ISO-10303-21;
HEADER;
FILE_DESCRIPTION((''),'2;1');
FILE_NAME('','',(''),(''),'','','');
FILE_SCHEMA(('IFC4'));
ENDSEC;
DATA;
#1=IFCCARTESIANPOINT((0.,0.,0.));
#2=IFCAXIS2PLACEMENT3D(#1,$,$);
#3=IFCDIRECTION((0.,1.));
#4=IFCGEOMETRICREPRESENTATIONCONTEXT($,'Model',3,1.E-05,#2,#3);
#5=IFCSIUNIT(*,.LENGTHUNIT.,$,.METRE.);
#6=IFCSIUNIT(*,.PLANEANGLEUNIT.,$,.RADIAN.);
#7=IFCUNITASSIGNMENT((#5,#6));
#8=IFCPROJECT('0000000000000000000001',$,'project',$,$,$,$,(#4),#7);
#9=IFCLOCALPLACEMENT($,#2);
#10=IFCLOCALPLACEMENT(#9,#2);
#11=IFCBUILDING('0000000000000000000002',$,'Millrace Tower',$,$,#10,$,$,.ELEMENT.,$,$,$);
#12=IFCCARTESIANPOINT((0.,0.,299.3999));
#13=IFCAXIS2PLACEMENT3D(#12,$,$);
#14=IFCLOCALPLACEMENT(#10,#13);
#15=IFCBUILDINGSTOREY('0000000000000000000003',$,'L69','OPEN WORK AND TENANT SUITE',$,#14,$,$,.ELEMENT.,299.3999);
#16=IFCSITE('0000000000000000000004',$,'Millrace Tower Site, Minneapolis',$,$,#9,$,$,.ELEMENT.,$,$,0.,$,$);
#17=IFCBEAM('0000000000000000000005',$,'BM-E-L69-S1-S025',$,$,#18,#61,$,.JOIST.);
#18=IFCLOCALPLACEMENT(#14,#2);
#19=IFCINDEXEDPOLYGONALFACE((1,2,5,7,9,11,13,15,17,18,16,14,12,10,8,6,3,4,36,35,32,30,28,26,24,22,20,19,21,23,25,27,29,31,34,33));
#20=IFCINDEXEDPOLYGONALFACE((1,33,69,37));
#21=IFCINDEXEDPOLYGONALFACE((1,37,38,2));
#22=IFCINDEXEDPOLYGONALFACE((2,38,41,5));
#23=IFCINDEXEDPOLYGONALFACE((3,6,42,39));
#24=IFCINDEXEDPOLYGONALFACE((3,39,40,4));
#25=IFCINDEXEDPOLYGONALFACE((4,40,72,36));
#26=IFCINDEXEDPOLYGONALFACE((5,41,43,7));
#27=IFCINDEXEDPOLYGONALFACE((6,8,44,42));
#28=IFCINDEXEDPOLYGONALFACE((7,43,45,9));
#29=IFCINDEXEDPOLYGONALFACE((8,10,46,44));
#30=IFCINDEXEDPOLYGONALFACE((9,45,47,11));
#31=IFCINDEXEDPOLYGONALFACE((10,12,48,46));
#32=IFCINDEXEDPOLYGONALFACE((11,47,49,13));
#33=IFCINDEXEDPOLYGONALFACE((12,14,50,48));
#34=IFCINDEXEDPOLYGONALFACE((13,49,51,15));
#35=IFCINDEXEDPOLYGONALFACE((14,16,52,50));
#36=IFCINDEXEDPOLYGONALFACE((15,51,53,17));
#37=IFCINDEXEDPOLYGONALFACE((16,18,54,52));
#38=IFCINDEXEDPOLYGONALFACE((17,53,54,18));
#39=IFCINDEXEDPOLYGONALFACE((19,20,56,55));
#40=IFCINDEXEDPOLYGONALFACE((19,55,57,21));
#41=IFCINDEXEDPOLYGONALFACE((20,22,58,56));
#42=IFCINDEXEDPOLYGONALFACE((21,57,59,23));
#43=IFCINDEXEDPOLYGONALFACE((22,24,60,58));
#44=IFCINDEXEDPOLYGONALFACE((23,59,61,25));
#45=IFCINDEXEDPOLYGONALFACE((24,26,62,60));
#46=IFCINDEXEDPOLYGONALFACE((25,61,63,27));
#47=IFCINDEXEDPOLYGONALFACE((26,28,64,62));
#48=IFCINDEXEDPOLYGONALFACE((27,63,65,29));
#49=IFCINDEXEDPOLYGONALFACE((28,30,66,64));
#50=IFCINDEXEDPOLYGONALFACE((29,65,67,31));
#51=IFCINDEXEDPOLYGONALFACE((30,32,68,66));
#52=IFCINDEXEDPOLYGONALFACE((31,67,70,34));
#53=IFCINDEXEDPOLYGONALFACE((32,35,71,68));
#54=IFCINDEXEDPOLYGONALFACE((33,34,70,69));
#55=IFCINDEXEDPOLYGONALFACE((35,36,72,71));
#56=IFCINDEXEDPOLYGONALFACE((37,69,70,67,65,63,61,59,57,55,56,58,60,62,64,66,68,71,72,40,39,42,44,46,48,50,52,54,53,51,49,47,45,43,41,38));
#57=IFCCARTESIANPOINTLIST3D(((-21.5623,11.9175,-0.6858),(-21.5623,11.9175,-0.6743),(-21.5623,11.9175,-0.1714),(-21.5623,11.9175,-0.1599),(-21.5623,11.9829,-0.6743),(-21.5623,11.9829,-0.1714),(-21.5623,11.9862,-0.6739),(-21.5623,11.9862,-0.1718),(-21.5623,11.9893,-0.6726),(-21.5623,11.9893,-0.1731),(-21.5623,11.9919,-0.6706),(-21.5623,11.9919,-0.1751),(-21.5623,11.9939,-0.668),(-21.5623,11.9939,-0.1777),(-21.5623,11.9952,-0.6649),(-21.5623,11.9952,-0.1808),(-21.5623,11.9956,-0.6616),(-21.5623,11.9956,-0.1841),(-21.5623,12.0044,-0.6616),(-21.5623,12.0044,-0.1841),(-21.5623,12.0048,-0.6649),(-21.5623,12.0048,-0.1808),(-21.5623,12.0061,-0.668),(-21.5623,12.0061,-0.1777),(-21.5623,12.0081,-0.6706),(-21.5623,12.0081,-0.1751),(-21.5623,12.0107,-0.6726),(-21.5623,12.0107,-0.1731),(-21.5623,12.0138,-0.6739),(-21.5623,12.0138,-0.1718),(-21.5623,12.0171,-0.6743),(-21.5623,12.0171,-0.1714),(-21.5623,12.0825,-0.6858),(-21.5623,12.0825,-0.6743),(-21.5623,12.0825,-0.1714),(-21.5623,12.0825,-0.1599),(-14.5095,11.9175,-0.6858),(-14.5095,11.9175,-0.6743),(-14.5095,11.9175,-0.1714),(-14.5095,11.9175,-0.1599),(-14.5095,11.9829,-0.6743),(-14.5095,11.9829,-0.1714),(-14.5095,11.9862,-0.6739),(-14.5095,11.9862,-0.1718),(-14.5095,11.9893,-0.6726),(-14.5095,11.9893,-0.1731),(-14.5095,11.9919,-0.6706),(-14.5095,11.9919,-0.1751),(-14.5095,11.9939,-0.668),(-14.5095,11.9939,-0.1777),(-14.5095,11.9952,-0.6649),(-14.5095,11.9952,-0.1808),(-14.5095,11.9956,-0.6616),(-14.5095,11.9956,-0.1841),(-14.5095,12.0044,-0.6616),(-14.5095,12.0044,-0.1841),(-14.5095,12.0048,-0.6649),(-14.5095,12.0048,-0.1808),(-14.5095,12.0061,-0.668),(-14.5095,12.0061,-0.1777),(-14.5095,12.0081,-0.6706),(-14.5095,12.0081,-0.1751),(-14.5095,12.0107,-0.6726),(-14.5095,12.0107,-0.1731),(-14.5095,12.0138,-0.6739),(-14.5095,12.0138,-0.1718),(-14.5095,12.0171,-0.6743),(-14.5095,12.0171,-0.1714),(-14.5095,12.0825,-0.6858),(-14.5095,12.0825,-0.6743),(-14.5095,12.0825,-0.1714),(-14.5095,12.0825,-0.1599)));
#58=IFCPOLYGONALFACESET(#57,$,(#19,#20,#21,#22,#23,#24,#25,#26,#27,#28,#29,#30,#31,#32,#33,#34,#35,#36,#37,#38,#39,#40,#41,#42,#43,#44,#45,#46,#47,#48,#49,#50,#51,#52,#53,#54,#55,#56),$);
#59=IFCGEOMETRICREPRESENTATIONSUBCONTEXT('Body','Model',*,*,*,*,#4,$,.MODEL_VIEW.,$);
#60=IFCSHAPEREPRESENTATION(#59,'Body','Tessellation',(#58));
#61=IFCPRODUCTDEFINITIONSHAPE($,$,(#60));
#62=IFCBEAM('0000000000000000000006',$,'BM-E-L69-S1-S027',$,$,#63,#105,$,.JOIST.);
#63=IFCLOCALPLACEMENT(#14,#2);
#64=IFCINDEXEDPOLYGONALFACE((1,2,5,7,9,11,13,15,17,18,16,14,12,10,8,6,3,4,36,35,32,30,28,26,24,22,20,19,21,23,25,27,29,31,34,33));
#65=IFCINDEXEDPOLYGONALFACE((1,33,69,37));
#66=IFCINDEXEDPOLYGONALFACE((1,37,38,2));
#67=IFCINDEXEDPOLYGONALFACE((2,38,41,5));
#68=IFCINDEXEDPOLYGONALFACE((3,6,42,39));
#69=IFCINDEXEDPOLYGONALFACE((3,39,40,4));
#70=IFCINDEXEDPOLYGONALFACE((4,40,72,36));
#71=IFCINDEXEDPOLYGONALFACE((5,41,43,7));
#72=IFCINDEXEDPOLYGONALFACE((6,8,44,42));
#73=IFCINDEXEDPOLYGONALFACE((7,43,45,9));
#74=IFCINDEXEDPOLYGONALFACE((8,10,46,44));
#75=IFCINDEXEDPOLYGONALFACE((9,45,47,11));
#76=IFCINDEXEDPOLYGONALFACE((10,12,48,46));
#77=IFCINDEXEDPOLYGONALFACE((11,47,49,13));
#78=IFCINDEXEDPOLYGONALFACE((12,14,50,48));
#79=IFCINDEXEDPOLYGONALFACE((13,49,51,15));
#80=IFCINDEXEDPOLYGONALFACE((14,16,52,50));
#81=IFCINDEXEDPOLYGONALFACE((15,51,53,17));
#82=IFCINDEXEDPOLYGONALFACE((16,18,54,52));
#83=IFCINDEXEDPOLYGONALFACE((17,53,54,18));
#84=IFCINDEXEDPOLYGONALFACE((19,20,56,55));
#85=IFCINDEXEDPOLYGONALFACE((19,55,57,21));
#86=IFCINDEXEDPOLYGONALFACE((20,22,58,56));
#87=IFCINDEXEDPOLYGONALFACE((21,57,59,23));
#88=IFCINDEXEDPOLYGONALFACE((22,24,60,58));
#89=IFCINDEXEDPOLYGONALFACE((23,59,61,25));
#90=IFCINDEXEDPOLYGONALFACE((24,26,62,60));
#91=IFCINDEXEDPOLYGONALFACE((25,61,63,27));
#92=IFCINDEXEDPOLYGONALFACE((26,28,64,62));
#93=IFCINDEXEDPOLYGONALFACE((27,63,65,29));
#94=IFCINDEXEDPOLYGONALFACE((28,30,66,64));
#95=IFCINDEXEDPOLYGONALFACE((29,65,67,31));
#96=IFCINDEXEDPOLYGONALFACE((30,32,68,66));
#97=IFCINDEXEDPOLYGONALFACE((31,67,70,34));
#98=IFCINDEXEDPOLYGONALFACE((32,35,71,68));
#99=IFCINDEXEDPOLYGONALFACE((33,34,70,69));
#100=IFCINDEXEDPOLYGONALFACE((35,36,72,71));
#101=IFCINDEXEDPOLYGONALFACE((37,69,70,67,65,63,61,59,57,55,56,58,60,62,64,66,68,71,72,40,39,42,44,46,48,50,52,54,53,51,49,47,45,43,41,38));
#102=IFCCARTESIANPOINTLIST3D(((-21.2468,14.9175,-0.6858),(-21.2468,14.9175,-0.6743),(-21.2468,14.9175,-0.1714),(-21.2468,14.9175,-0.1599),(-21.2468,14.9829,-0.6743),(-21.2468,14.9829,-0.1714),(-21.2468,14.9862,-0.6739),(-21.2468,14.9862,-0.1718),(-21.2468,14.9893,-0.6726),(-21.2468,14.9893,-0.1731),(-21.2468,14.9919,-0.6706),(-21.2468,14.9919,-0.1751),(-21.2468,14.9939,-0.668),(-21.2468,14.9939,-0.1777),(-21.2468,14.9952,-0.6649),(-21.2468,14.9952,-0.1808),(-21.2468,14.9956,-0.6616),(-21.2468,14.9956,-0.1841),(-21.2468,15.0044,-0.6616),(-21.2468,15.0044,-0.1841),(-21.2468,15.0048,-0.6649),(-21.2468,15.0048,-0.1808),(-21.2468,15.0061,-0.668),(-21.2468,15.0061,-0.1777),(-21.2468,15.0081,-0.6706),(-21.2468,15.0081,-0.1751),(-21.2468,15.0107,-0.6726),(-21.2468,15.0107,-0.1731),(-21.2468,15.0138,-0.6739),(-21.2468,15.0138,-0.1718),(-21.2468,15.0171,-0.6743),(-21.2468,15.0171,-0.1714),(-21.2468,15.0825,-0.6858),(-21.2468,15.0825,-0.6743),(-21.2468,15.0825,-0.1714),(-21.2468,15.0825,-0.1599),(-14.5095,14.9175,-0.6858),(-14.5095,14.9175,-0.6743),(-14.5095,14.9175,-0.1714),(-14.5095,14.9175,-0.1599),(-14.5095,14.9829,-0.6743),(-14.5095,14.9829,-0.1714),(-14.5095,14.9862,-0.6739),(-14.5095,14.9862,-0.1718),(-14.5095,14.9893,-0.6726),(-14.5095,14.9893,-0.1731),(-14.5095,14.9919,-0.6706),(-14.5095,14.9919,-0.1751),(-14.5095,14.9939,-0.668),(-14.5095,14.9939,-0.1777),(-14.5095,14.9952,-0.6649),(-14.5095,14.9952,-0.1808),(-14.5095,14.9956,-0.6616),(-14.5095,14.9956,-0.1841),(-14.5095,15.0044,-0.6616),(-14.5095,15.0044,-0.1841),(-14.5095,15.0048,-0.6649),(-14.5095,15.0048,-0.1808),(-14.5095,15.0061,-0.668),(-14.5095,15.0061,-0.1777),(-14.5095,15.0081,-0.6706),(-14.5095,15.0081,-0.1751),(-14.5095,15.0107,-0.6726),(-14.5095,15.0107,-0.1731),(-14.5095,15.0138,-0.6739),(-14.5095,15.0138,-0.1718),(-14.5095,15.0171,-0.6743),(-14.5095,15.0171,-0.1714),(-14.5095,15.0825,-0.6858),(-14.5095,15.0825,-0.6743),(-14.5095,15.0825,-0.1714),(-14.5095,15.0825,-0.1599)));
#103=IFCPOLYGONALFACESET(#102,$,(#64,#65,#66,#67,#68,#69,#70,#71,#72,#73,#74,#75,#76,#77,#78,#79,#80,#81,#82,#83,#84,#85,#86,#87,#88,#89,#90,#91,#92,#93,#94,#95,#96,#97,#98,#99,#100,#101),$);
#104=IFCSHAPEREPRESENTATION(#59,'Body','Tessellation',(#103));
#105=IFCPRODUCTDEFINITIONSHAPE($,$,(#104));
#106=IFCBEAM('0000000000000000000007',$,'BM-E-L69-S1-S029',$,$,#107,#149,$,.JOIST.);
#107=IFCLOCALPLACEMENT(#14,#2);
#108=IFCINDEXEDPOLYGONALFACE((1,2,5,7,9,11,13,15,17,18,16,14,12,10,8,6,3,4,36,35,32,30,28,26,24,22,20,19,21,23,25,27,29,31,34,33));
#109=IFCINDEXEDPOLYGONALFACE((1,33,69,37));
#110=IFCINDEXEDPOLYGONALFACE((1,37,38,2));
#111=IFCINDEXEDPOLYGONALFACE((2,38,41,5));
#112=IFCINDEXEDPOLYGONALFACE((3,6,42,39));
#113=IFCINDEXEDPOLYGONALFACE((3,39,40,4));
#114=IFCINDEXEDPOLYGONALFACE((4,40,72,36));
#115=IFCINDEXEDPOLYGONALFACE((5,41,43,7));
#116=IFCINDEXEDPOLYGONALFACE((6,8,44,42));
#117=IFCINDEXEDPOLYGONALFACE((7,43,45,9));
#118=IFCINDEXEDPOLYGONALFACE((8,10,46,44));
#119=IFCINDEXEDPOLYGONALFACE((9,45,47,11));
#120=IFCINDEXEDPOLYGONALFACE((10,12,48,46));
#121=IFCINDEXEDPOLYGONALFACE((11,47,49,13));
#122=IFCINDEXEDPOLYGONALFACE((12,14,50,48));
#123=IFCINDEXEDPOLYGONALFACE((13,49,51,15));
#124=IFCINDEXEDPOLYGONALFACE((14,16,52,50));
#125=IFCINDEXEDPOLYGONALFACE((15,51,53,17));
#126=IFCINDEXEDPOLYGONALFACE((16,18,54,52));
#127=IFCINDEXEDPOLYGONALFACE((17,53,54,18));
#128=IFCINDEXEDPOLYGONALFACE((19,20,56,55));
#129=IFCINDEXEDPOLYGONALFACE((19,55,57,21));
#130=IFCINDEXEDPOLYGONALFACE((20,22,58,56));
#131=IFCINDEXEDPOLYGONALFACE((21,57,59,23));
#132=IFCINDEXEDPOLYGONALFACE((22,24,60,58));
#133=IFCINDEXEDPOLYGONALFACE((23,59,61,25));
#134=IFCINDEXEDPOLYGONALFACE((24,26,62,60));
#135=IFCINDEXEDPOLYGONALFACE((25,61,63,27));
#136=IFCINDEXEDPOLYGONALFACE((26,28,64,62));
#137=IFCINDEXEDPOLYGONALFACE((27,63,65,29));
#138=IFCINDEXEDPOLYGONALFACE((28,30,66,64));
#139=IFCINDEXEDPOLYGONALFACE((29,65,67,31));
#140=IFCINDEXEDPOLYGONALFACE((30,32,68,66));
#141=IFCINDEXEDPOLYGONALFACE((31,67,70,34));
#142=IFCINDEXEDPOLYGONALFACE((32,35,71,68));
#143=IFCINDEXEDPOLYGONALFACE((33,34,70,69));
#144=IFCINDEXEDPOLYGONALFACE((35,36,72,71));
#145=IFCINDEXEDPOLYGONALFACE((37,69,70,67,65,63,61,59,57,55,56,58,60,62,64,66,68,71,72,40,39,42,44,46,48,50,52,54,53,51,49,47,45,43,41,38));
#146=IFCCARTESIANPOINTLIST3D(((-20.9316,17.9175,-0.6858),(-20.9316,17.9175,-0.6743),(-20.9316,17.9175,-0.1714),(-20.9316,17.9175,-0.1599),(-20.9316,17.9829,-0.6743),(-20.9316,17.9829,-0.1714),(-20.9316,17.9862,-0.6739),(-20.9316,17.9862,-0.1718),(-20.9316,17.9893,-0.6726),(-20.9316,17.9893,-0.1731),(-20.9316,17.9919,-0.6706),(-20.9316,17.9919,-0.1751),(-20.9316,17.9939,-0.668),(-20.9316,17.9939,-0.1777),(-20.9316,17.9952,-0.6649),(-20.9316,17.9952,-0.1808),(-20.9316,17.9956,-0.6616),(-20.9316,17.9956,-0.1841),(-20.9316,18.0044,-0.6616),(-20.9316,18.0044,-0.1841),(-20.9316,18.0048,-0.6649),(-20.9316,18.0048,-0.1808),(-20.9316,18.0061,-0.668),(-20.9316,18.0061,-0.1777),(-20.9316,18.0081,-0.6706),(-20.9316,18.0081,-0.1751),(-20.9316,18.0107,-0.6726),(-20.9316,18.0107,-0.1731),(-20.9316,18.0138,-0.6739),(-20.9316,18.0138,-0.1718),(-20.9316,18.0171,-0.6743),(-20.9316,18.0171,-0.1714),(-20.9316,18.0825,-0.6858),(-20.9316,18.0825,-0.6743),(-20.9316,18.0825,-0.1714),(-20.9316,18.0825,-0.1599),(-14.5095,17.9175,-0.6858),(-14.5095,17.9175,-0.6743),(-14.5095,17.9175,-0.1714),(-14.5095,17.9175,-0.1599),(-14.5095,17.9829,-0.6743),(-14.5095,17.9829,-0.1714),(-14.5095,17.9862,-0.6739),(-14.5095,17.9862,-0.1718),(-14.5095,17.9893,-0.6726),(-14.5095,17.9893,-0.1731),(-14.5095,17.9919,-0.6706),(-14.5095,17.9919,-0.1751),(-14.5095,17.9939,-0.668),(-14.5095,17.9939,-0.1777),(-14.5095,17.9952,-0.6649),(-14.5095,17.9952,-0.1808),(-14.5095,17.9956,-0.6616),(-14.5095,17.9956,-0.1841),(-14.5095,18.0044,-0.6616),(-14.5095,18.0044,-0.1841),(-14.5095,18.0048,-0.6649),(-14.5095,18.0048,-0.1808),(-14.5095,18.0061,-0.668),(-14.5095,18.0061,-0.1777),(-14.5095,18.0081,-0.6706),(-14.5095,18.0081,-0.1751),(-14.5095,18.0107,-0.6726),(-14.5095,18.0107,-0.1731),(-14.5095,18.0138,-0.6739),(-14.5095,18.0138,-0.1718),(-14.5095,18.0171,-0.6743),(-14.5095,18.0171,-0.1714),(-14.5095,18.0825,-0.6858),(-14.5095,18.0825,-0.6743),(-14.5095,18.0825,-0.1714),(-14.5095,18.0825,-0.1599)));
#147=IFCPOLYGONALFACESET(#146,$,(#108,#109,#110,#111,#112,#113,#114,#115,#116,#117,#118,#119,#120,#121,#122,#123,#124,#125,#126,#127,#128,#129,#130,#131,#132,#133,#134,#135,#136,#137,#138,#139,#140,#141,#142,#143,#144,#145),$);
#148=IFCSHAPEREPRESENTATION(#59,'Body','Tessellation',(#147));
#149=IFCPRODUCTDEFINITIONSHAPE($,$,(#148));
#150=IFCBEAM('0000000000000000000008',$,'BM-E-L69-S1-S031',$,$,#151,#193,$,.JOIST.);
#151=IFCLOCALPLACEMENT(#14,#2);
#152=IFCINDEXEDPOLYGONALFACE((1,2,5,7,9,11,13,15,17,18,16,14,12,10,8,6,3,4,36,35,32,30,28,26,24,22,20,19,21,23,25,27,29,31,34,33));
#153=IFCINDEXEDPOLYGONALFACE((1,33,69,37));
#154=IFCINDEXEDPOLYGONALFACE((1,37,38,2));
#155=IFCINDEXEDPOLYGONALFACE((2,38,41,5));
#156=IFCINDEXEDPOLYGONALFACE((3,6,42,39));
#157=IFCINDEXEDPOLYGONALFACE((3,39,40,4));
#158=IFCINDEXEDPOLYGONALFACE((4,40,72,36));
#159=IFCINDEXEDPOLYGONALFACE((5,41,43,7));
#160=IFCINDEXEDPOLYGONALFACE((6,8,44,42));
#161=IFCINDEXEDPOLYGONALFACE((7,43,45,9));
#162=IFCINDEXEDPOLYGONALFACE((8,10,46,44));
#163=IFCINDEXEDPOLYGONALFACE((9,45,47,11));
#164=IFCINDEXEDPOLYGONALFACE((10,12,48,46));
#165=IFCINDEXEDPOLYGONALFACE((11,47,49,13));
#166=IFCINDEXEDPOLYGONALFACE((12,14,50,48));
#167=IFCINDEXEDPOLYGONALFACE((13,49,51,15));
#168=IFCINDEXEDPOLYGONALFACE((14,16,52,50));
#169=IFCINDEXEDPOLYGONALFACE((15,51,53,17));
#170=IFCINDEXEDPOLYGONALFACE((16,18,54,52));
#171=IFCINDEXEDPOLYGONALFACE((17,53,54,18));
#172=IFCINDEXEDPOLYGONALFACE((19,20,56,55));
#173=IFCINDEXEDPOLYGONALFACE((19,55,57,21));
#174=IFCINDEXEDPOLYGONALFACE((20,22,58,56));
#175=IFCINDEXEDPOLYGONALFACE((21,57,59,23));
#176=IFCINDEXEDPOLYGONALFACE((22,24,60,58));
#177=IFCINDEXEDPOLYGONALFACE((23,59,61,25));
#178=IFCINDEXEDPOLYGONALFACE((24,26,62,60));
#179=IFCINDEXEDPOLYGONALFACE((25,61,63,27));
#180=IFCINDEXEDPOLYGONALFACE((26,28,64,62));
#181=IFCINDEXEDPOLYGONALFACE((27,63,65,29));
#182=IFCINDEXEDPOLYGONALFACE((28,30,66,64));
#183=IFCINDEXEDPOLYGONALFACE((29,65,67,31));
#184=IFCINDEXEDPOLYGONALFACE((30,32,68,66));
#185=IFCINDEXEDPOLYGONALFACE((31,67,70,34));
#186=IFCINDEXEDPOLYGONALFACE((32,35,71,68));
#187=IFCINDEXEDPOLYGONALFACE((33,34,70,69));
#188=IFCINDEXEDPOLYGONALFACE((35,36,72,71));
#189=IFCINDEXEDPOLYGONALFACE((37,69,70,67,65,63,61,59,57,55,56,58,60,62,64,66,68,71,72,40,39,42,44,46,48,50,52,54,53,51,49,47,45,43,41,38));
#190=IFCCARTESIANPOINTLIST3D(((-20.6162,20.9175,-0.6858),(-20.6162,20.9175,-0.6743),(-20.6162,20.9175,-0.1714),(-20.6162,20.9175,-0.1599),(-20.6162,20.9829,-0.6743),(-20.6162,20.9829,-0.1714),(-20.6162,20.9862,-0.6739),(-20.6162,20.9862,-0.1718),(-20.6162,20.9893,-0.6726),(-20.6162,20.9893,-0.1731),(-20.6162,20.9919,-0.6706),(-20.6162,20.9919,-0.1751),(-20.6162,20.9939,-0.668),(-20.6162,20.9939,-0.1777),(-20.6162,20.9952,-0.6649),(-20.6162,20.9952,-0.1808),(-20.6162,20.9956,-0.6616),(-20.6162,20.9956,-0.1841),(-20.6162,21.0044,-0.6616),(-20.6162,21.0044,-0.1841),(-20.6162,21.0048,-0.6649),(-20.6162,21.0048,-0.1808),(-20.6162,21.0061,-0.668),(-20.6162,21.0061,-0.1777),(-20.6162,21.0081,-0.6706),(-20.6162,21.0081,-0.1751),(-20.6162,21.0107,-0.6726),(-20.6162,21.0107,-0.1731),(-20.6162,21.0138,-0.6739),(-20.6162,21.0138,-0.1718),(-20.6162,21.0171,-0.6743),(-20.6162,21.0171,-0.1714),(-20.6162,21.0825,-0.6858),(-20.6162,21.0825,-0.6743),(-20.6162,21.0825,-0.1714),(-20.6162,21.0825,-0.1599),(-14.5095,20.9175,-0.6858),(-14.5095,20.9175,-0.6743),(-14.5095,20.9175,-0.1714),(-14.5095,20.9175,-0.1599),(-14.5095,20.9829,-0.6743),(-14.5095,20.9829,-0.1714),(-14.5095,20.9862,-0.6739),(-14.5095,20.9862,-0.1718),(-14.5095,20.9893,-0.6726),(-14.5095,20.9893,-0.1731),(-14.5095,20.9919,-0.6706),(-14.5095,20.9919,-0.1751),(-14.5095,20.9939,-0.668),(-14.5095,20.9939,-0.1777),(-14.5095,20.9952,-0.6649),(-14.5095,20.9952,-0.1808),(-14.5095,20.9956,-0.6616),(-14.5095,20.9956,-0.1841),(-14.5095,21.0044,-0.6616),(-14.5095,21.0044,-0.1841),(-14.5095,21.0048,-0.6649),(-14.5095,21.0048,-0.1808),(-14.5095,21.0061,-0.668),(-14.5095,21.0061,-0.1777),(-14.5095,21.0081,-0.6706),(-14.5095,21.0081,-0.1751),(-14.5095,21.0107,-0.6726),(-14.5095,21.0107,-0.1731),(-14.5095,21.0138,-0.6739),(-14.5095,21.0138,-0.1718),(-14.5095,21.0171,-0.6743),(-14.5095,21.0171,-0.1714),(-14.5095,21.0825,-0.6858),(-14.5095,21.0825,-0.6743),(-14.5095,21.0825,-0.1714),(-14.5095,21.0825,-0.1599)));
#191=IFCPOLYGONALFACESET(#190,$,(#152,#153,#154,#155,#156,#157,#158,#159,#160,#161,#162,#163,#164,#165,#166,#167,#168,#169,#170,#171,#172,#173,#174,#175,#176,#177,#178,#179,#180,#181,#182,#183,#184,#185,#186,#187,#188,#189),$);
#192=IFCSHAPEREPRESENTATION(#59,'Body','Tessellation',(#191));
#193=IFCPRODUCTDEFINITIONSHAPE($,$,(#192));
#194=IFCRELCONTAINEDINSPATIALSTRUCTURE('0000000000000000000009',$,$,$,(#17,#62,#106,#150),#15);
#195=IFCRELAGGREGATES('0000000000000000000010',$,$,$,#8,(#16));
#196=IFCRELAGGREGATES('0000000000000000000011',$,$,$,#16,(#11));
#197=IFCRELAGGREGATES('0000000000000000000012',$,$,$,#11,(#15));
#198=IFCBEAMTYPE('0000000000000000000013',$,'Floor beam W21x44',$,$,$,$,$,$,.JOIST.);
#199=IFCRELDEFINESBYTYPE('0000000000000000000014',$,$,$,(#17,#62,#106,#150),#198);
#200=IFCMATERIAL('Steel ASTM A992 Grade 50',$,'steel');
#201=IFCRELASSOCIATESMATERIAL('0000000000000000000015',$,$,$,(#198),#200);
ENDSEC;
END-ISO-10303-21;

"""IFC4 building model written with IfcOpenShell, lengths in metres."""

from ifc_helpers import new_model, si_unit, direction, frame, origin, origin_2d, place, context, subcontext, project, spatial, i_section, extrude, material, material_profile, profile_set, type_object, element, save


model = new_model("IFC4")

# Units and contexts
model_context = context("Model", 3, precision=1e-05, world=origin(), true_north=direction((0.0, 1.0)))
body_context = subcontext(model_context, "Body", "Model", "MODEL_VIEW")
ifc_project = project(units=[si_unit("LENGTHUNIT", "METRE"), si_unit("PLANEANGLEUNIT", "RADIAN")], contexts=[model_context])

# Site, building, storey
site_placement = place(None, origin())
site = spatial("IfcSite", under=ifc_project, at=site_placement, Name="Millrace Tower Site, Minneapolis", CompositionType="ELEMENT", RefElevation=0.0)
building_placement = place(site_placement, origin())
building = spatial("IfcBuilding", under=site, at=building_placement, Name="Millrace Tower", CompositionType="ELEMENT")
storey_placement = place(building_placement, frame((0.0, 0.0, 299.3999)))
storey = spatial("IfcBuildingStorey", under=building, at=storey_placement, Name="L69", Description="OPEN WORK AND TENANT SUITE", CompositionType="ELEMENT", Elevation=299.3999)

# Beams
ifc_material_1 = material(Name="Steel ASTM A992 Grade 50", Category="steel")
ifc_material_profile_1 = material_profile(ifc_material_1, i_section(OverallWidth=0.165, OverallDepth=0.5259, WebThickness=0.0088, FlangeThickness=0.0115, FilletRadius=0.0127, at=origin_2d()))
ifc_profile_set_1 = profile_set([ifc_material_profile_1], Name="Steel ASTM A992 Grade 50")
beam_type_1 = type_object("IfcBeamType", Name="Floor beam W21x44", PredefinedType="JOIST", material=ifc_profile_set_1)
beam_1_placement = place(storey_placement, frame((-21.5623, 12.0, -0.4229), z_axis=(1.0, 0.0, 0.0), x_axis=(0.0, 1.0, 0.0)))
element("IfcBeam", 1, at=beam_1_placement, inside=storey, type_object=beam_type_1, Name="BM-E-L69-S1-S025", PredefinedType="JOIST", context=body_context, shape_type="SweptSolid", body=[
    extrude(i_section(OverallWidth=0.165, OverallDepth=0.5259, WebThickness=0.0088, FlangeThickness=0.0115, FilletRadius=0.0127, at=origin_2d()), origin(), (0.0, 0.0, 1.0), 7.0527),
])
beam_2_placement = place(storey_placement, frame((-21.2468, 15.0, -0.4229), z_axis=(1.0, 0.0, 0.0), x_axis=(0.0, 1.0, 0.0)))
element("IfcBeam", 2, at=beam_2_placement, inside=storey, type_object=beam_type_1, Name="BM-E-L69-S1-S027", PredefinedType="JOIST", context=body_context, shape_type="SweptSolid", body=[
    extrude(i_section(OverallWidth=0.165, OverallDepth=0.5259, WebThickness=0.0088, FlangeThickness=0.0115, FilletRadius=0.0127, at=origin_2d()), origin(), (0.0, 0.0, 1.0), 6.7373),
])
beam_3_placement = place(storey_placement, frame((-20.9316, 18.0, -0.4229), z_axis=(1.0, 0.0, 0.0), x_axis=(0.0, 1.0, 0.0)))
element("IfcBeam", 3, at=beam_3_placement, inside=storey, type_object=beam_type_1, Name="BM-E-L69-S1-S029", PredefinedType="JOIST", context=body_context, shape_type="SweptSolid", body=[
    extrude(i_section(OverallWidth=0.165, OverallDepth=0.5259, WebThickness=0.0088, FlangeThickness=0.0115, FilletRadius=0.0127, at=origin_2d()), origin(), (0.0, 0.0, 1.0), 6.4221),
])
beam_4_placement = place(storey_placement, frame((-20.6162, 21.0, -0.4229), z_axis=(1.0, 0.0, 0.0), x_axis=(0.0, 1.0, 0.0)))
element("IfcBeam", 4, at=beam_4_placement, inside=storey, type_object=beam_type_1, Name="BM-E-L69-S1-S031", PredefinedType="JOIST", context=body_context, shape_type="SweptSolid", body=[
    extrude(i_section(OverallWidth=0.165, OverallDepth=0.5259, WebThickness=0.0088, FlangeThickness=0.0115, FilletRadius=0.0127, at=origin_2d()), origin(), (0.0, 0.0, 1.0), 6.1067),
])

save(model, "model.ifc")
